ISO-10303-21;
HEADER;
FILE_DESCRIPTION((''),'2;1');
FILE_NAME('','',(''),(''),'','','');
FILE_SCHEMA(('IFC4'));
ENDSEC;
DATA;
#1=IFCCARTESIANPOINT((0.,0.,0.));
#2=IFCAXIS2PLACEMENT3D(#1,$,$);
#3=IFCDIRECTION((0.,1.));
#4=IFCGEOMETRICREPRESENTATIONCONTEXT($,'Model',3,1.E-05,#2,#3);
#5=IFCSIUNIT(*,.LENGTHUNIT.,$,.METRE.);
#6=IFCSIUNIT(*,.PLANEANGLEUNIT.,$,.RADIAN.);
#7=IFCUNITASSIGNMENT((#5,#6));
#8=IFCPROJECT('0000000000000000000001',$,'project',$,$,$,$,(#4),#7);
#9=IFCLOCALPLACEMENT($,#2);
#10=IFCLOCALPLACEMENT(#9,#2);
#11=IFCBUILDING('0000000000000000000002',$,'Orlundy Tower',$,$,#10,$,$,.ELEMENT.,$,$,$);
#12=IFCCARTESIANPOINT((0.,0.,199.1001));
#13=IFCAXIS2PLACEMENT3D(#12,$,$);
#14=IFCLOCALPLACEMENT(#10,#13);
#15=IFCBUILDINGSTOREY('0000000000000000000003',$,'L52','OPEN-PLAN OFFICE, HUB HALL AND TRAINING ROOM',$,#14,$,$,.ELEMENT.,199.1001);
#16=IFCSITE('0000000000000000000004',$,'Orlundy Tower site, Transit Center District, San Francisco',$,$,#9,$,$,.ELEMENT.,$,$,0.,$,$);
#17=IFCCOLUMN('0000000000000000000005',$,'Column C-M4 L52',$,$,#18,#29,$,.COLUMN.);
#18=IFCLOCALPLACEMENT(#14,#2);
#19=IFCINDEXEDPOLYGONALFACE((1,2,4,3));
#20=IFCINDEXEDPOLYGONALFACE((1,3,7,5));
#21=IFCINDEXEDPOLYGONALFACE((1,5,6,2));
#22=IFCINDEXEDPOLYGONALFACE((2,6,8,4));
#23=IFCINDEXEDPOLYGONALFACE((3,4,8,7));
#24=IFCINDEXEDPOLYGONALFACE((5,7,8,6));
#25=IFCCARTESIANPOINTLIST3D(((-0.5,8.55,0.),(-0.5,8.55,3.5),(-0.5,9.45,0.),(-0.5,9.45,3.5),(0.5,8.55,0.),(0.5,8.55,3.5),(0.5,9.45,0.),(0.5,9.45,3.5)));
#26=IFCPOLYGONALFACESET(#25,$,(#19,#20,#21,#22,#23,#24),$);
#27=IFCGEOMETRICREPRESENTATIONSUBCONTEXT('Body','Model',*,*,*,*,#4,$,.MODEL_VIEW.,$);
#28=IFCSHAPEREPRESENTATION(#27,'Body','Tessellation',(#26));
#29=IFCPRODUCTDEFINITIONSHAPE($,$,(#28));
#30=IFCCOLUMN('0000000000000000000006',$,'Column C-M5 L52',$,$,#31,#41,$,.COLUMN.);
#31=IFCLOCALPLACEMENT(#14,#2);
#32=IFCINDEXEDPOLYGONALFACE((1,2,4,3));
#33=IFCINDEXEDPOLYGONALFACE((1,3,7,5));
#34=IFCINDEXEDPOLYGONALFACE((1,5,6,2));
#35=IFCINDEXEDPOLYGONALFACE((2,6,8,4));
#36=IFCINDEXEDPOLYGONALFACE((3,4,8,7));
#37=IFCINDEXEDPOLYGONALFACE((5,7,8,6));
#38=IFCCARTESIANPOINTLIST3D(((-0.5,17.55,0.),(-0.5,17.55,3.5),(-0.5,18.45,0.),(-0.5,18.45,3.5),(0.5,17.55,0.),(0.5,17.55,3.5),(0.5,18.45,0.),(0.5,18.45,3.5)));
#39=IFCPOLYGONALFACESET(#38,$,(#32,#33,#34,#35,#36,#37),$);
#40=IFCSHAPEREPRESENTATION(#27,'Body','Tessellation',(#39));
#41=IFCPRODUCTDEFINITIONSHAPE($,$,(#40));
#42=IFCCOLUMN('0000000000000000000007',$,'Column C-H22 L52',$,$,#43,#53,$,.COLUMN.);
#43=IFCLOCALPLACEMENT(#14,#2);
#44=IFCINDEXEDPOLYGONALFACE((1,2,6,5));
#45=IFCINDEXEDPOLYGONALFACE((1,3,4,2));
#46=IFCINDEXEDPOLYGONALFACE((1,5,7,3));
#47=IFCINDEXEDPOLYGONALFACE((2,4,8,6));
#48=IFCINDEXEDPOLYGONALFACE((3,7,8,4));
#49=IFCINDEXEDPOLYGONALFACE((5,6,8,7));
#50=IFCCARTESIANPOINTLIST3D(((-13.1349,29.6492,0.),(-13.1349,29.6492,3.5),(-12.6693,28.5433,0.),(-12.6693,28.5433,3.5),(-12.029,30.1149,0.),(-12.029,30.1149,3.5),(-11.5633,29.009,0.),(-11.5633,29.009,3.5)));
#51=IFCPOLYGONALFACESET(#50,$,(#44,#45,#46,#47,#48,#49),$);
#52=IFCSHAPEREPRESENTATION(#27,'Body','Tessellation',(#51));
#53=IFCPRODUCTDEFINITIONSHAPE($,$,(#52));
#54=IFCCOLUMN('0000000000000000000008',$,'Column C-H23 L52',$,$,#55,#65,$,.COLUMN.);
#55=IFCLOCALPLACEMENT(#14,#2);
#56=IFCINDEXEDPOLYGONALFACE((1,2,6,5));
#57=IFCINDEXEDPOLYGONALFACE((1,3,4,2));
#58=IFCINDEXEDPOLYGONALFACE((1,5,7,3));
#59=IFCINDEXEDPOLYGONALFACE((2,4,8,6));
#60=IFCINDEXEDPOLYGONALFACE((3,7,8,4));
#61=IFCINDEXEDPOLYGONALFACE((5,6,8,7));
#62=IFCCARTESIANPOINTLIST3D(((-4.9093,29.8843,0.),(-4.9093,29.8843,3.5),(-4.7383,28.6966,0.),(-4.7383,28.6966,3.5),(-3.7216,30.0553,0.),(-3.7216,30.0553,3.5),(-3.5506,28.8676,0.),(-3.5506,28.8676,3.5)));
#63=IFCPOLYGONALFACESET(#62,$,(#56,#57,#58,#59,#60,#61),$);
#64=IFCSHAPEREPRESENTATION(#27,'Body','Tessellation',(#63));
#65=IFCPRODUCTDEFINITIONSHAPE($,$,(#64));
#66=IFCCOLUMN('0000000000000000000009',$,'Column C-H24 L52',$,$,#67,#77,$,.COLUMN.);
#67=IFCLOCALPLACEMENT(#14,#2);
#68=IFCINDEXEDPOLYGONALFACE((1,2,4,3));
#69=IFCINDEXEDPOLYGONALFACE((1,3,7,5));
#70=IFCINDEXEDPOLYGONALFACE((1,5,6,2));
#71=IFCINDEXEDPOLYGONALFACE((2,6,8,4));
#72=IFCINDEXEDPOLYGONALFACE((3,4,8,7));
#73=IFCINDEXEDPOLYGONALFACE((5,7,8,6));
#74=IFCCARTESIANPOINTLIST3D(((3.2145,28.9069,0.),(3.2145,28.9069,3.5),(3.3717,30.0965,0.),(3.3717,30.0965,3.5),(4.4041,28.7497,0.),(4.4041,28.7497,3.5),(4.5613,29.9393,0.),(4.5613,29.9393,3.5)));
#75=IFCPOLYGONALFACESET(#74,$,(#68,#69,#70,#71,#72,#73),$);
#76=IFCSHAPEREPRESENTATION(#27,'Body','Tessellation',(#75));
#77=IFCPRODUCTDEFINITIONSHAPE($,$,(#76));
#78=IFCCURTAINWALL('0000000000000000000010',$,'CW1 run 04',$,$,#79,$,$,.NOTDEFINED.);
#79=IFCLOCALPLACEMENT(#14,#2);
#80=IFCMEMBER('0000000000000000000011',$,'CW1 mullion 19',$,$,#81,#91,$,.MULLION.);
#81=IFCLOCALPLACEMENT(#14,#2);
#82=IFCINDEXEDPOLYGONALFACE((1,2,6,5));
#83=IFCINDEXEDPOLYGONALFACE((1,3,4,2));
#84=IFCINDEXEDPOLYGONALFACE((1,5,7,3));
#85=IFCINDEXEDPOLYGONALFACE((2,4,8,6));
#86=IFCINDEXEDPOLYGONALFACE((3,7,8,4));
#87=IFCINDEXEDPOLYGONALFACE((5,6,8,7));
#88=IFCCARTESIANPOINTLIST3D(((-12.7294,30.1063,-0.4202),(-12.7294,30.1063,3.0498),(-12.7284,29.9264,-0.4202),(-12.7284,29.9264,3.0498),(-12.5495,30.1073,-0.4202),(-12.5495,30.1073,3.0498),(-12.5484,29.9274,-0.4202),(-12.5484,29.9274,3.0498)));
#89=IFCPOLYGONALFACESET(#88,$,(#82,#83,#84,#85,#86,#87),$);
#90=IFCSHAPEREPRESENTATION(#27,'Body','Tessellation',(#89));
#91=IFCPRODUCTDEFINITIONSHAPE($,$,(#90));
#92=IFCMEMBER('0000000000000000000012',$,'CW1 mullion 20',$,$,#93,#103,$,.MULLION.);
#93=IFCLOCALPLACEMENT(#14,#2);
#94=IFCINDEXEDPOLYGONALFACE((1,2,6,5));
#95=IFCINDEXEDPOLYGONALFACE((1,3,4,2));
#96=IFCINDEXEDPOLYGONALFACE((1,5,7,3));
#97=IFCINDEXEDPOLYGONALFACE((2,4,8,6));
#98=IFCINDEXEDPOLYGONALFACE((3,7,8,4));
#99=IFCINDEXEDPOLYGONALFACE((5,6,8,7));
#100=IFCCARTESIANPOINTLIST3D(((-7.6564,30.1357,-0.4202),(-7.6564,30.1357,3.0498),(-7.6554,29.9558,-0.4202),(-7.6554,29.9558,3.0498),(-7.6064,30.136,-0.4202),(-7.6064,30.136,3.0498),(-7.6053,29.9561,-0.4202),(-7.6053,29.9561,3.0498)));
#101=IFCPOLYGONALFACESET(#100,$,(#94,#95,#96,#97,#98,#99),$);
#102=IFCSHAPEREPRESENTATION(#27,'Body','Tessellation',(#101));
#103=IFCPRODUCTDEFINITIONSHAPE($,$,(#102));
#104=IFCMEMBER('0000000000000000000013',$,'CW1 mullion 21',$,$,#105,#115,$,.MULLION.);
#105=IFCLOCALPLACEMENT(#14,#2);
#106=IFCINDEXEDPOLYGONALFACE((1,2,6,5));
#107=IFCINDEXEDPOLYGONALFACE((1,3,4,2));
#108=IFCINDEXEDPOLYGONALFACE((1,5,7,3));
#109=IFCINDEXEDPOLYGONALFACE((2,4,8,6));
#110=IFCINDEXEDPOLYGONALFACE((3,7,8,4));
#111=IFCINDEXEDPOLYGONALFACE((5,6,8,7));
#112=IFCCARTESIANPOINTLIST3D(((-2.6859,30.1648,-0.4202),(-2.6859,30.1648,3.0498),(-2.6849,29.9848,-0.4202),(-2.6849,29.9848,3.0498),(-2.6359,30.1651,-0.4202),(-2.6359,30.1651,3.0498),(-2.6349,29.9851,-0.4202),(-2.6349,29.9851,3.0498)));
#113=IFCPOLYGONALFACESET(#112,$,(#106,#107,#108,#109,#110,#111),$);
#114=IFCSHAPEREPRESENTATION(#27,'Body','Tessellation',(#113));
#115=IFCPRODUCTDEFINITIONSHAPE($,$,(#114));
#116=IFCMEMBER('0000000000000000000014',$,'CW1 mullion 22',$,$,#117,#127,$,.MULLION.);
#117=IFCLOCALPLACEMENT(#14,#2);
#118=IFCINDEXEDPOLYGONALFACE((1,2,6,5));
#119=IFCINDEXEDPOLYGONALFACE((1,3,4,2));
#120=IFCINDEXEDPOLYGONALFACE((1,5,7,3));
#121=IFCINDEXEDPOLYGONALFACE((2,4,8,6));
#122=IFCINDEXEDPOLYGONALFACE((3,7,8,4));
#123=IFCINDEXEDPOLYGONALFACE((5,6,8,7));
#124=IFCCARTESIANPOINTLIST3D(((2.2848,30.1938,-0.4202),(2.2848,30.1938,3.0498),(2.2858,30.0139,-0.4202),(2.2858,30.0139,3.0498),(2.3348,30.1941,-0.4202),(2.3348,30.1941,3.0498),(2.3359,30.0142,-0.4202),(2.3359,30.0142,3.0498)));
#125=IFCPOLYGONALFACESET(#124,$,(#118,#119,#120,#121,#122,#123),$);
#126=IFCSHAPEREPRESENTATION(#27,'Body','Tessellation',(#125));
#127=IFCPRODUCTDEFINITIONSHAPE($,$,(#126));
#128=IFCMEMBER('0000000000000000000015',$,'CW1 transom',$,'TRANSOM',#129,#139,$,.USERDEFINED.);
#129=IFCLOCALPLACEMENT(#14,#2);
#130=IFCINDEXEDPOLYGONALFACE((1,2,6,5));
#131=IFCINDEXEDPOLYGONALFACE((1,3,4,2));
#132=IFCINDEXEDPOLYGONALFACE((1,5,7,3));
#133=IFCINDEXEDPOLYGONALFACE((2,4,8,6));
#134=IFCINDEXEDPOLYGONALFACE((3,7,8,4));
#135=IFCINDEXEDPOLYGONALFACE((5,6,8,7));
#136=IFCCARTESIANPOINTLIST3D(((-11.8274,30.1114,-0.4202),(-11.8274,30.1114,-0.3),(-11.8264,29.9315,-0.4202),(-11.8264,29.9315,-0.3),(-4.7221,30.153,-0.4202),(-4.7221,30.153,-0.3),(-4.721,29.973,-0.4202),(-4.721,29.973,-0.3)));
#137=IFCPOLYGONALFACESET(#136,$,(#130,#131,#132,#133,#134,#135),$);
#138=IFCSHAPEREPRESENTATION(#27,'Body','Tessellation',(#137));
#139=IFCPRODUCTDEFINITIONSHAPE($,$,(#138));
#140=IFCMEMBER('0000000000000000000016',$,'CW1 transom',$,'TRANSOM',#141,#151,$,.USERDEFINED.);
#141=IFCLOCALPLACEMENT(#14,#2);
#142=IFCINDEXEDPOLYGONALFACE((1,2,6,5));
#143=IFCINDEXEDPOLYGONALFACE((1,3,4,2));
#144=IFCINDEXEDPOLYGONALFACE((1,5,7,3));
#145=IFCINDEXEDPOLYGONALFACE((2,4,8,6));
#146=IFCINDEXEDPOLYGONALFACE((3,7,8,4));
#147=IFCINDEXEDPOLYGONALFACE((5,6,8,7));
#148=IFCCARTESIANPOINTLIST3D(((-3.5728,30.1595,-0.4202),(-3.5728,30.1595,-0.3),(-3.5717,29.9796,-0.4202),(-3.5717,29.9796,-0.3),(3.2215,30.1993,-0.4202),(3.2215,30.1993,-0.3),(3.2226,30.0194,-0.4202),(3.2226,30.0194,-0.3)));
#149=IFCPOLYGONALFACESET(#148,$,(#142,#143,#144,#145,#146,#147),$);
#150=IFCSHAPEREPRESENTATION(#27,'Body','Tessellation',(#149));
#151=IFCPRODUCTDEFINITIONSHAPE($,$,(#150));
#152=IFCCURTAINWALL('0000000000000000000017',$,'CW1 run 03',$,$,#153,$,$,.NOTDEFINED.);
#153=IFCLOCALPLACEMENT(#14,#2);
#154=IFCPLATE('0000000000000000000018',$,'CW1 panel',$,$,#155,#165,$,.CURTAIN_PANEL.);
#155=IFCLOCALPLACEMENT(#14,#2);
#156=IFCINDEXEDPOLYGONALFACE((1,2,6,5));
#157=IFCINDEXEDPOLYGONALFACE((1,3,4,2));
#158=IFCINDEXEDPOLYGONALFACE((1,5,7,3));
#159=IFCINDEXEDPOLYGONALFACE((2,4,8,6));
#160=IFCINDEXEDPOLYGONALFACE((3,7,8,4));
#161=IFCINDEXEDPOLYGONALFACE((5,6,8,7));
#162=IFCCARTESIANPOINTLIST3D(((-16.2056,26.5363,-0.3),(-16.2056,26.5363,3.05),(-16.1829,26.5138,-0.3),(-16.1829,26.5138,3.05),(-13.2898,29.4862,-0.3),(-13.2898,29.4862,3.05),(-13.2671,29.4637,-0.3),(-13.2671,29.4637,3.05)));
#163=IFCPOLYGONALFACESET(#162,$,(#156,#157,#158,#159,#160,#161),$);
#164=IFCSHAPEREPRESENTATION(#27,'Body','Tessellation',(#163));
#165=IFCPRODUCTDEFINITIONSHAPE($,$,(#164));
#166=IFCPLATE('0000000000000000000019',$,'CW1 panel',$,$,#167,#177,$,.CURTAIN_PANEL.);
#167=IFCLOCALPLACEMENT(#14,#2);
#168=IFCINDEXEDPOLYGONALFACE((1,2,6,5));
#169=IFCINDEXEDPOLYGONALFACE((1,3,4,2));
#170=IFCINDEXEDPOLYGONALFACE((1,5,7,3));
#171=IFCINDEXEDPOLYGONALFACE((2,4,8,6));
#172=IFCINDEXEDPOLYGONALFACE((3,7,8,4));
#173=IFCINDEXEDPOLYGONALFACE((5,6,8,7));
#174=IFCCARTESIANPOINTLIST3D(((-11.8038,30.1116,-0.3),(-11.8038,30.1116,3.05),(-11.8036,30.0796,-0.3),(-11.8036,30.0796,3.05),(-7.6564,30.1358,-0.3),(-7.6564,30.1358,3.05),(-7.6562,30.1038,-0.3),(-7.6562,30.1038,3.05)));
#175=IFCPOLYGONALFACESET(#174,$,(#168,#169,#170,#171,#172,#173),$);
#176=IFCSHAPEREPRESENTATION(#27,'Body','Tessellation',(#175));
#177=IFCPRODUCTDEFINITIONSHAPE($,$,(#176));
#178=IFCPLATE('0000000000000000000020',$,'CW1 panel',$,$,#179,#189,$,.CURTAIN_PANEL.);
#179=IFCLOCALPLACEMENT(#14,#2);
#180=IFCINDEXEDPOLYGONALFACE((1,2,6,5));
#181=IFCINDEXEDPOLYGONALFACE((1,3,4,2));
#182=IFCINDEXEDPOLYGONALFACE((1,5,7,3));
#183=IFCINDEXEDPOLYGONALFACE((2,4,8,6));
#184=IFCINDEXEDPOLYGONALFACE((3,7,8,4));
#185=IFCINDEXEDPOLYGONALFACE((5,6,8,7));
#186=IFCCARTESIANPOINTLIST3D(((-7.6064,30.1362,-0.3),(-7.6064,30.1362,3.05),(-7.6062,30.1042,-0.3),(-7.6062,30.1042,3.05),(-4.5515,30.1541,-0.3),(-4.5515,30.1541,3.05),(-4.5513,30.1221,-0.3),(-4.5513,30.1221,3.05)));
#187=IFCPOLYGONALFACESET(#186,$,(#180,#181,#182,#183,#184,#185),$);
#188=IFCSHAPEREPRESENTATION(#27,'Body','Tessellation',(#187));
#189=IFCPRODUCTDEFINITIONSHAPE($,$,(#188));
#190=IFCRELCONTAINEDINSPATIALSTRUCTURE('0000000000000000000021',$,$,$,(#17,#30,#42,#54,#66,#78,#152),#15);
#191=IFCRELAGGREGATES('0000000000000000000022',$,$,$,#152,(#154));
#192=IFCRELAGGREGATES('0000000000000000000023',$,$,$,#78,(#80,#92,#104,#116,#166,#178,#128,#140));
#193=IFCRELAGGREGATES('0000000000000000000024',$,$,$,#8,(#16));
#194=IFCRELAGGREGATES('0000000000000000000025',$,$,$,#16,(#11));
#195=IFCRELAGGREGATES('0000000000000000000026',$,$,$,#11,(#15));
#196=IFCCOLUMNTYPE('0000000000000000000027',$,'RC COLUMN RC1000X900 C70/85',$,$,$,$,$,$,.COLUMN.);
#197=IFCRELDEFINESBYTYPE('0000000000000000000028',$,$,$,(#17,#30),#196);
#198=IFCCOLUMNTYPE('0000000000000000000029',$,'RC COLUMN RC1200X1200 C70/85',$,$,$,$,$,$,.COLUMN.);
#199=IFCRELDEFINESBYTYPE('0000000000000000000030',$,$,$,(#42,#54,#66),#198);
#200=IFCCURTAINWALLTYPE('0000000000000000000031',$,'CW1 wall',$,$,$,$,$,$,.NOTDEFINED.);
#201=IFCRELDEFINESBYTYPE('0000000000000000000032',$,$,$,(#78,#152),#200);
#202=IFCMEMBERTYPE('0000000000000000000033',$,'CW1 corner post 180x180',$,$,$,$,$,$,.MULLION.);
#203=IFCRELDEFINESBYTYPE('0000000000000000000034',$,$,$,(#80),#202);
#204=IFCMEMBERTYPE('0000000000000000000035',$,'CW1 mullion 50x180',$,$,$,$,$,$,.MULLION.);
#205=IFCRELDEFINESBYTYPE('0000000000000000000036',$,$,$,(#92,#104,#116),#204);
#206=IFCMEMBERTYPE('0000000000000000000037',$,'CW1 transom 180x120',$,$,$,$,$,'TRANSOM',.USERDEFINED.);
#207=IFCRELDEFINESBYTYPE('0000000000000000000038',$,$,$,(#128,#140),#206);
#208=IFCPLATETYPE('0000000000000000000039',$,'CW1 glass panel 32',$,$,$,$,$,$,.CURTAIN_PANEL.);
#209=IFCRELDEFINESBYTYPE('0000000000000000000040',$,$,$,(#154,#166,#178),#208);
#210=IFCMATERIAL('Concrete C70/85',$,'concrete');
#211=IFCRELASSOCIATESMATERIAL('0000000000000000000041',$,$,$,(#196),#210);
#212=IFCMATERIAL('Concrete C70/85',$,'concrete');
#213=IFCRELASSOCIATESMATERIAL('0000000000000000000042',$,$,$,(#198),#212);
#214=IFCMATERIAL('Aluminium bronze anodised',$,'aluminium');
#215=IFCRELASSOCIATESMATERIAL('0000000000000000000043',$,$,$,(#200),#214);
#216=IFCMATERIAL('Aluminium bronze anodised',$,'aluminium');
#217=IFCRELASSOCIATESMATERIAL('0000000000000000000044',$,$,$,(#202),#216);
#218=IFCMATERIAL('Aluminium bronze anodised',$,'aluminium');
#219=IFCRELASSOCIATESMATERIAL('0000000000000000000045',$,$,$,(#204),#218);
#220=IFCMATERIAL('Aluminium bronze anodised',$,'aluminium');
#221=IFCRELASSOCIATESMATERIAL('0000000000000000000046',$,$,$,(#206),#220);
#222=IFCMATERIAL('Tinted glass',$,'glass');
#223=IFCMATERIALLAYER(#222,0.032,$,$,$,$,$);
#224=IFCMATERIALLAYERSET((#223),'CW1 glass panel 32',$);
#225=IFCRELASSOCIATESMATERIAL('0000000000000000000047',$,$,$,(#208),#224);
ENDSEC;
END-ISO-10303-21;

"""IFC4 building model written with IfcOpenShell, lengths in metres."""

from ifc_helpers import new_model, si_unit, direction, frame, origin, origin_2d, place, context, subcontext, project, spatial, rectangle, extrude, material, layer, layer_set, material_profile, profile_set, type_object, element, aggregate, save


model = new_model("IFC4")

# Units and contexts
model_context = context("Model", 3, precision=1e-05, world=origin(), true_north=direction((0.0, 1.0)))
body_context = subcontext(model_context, "Body", "Model", "MODEL_VIEW")
ifc_project = project(units=[si_unit("LENGTHUNIT", "METRE"), si_unit("PLANEANGLEUNIT", "RADIAN")], contexts=[model_context])

# Site, building, storey
site_placement = place(None, origin())
site = spatial("IfcSite", under=ifc_project, at=site_placement, Name="Orlundy Tower site, Transit Center District, San Francisco", CompositionType="ELEMENT", RefElevation=0.0)
building_placement = place(site_placement, origin())
building = spatial("IfcBuilding", under=site, at=building_placement, Name="Orlundy Tower", CompositionType="ELEMENT")
storey_placement = place(building_placement, frame((0.0, 0.0, 199.1001)))
storey = spatial("IfcBuildingStorey", under=building, at=storey_placement, Name="L52", Description="OPEN-PLAN OFFICE, HUB HALL AND TRAINING ROOM", CompositionType="ELEMENT", Elevation=199.1001)

# Columns
ifc_material_1 = material(Name="Concrete C70/85", Category="concrete")
ifc_material_profile_1 = material_profile(ifc_material_1, rectangle(XDim=1.0, YDim=0.8999, at=origin_2d()), Name="RC1000X900")
ifc_profile_set_1 = profile_set([ifc_material_profile_1], Name="Concrete C70/85")
column_type_1 = type_object("IfcColumnType", Name="RC COLUMN RC1000X900 C70/85", PredefinedType="COLUMN", material=ifc_profile_set_1)
for number, where, z_axis, x_axis, name in (
    (1, (0.0, 9.0, 0.0), (0.0, 0.0, 1.0), (1.0, 0.0, 0.0), "Column C-M4 L52"),
    (2, (0.0, 18.0, 0.0), (0.0, 0.0, 1.0), (1.0, 0.0, 0.0), "Column C-M5 L52"),
):
    element("IfcColumn", number, at=place(storey_placement, frame(where, z_axis=z_axis, x_axis=x_axis)), inside=storey, type_object=column_type_1, Name=name, PredefinedType="COLUMN", context=body_context, shape_type="SweptSolid", body=[
        extrude(rectangle(XDim=1.0, YDim=0.8999, at=origin_2d()), origin(), (0.0, 0.0, 1.0), 3.5),
    ])
ifc_material_2 = material(Name="Concrete C70/85", Category="concrete")
ifc_material_profile_2 = material_profile(ifc_material_2, rectangle(XDim=1.2, YDim=1.2, at=origin_2d()), Name="RC1200X1200")
ifc_profile_set_2 = profile_set([ifc_material_profile_2], Name="Concrete C70/85")
column_type_2 = type_object("IfcColumnType", Name="RC COLUMN RC1200X1200 C70/85", PredefinedType="COLUMN", material=ifc_profile_set_2)
for number, where, z_axis, x_axis, name in (
    (3, (-12.3491, 29.3291, 0.0), (0.0, 0.0, 1.0), (-0.388063, 0.921633, 0.0), "Column C-H22 L52"),
    (4, (-4.23, 29.376, 0.0), (0.0, 0.0, 1.0), (-0.142525, 0.989791, 0.0), "Column C-H23 L52"),
    (5, (3.8879, 29.4231, 0.0), (0.0, 0.0, 1.0), (0.131011, 0.991381, 0.0), "Column C-H24 L52"),
):
    element("IfcColumn", number, at=place(storey_placement, frame(where, z_axis=z_axis, x_axis=x_axis)), inside=storey, type_object=column_type_2, Name=name, PredefinedType="COLUMN", context=body_context, shape_type="SweptSolid", body=[
        extrude(rectangle(XDim=1.2, YDim=1.2, at=origin_2d()), origin(), (0.0, 0.0, 1.0), 3.5),
    ])

# Curtain wall, members
ifc_material_3 = material(Name="Aluminium bronze anodised", Category="aluminium")
curtain_wall_type = type_object("IfcCurtainWallType", Name="CW1 wall", PredefinedType="NOTDEFINED", material=ifc_material_3)
curtain_wall_1_placement = place(storey_placement, origin())
curtain_wall_1 = element("IfcCurtainWall", 6, at=curtain_wall_1_placement, inside=storey, type_object=curtain_wall_type, Name="CW1 run 04", PredefinedType="NOTDEFINED")
ifc_material_4 = material(Name="Aluminium bronze anodised", Category="aluminium")
ifc_material_profile_3 = material_profile(ifc_material_4, rectangle(XDim=0.1799, YDim=0.1799, at=origin_2d()), Name="CW1 corner post 180x180")
ifc_profile_set_3 = profile_set([ifc_material_profile_3], Name="Aluminium bronze anodised")
member_type_1 = type_object("IfcMemberType", Name="CW1 corner post 180x180", PredefinedType="MULLION", material=ifc_profile_set_3)
member_1_placement = place(storey_placement, frame((-12.6389, 30.0168, -0.4202), z_axis=(0.0, 0.0, 1.0), x_axis=(-0.005834, 0.999983, 0.0)))
member_1 = element("IfcMember", 7, at=member_1_placement, type_object=member_type_1, Name="CW1 mullion 19", PredefinedType="MULLION", context=body_context, shape_type="SweptSolid", body=[
    extrude(rectangle(XDim=0.1799, YDim=0.1799, at=origin_2d()), origin(), (0.0, 0.0, 1.0), 3.47),
])
ifc_material_5 = material(Name="Aluminium bronze anodised", Category="aluminium")
ifc_material_profile_4 = material_profile(ifc_material_5, rectangle(XDim=0.1799, YDim=0.05, at=origin_2d()), Name="CW1 mullion 50x180")
ifc_profile_set_4 = profile_set([ifc_material_profile_4], Name="Aluminium bronze anodised")
member_type_2 = type_object("IfcMemberType", Name="CW1 mullion 50x180", PredefinedType="MULLION", material=ifc_profile_set_4)
member_2_placement = place(storey_placement, frame((-7.6309, 30.0459, -0.4202), z_axis=(0.0, 0.0, 1.0), x_axis=(-0.005834, 0.999983, 0.0)))
member_2 = element("IfcMember", 8, at=member_2_placement, type_object=member_type_2, Name="CW1 mullion 20", PredefinedType="MULLION", context=body_context, shape_type="SweptSolid", body=[
    extrude(rectangle(XDim=0.1799, YDim=0.05, at=origin_2d()), origin(), (0.0, 0.0, 1.0), 3.47),
])
member_3_placement = place(storey_placement, frame((-2.6604, 30.075, -0.4202), z_axis=(0.0, 0.0, 1.0), x_axis=(-0.005834, 0.999983, 0.0)))
member_3 = element("IfcMember", 9, at=member_3_placement, type_object=member_type_2, Name="CW1 mullion 21", PredefinedType="MULLION", context=body_context, shape_type="SweptSolid", body=[
    extrude(rectangle(XDim=0.1799, YDim=0.05, at=origin_2d()), origin(), (0.0, 0.0, 1.0), 3.47),
])
member_4_placement = place(storey_placement, frame((2.3103, 30.104, -0.4202), z_axis=(0.0, 0.0, 1.0), x_axis=(-0.005834, 0.999983, 0.0)))
member_4 = element("IfcMember", 10, at=member_4_placement, type_object=member_type_2, Name="CW1 mullion 22", PredefinedType="MULLION", context=body_context, shape_type="SweptSolid", body=[
    extrude(rectangle(XDim=0.1799, YDim=0.05, at=origin_2d()), origin(), (0.0, 0.0, 1.0), 3.47),
])
ifc_material_6 = material(Name="Aluminium bronze anodised", Category="aluminium")
ifc_material_profile_5 = material_profile(ifc_material_6, rectangle(XDim=0.1799, YDim=0.1201, at=origin_2d()), Name="CW1 transom 180x120")
ifc_profile_set_5 = profile_set([ifc_material_profile_5], Name="Aluminium bronze anodised")
member_type_3 = type_object("IfcMemberType", Name="CW1 transom 180x120", ElementType="TRANSOM", PredefinedType="USERDEFINED", material=ifc_profile_set_5)
member_5_placement = place(storey_placement, frame((-11.8269, 30.0215, -0.3601), z_axis=(0.999983, 0.005841, 0.0), x_axis=(-0.005841, 0.999983, 0.0)))
member_5 = element("IfcMember", 11, at=member_5_placement, type_object=member_type_3, Name="CW1 transom", ObjectType="TRANSOM", PredefinedType="USERDEFINED", context=body_context, shape_type="SweptSolid", body=[
    extrude(rectangle(XDim=0.1799, YDim=0.1201, at=origin_2d()), origin(), (0.0, 0.0, 1.0), 7.1055),
])
member_6_placement = place(storey_placement, frame((-3.5723, 30.0696, -0.3601), z_axis=(0.999983, 0.005857, 0.0), x_axis=(-0.005857, 0.999983, 0.0)))
member_6 = element("IfcMember", 12, at=member_6_placement, type_object=member_type_3, Name="CW1 transom", ObjectType="TRANSOM", PredefinedType="USERDEFINED", context=body_context, shape_type="SweptSolid", body=[
    extrude(rectangle(XDim=0.1799, YDim=0.1201, at=origin_2d()), origin(), (0.0, 0.0, 1.0), 6.7944),
])

# Curtain wall, plate
curtain_wall_2_placement = place(storey_placement, origin())
curtain_wall_2 = element("IfcCurtainWall", 13, at=curtain_wall_2_placement, inside=storey, type_object=curtain_wall_type, Name="CW1 run 03", PredefinedType="NOTDEFINED")
ifc_material_7 = material(Name="Tinted glass", Category="glass")
ifc_layer_1 = layer(ifc_material_7, 0.032)
ifc_layer_set_1 = layer_set([ifc_layer_1], Name="CW1 glass panel 32")
plate_type = type_object("IfcPlateType", Name="CW1 glass panel 32", PredefinedType="CURTAIN_PANEL", material=ifc_layer_set_1)
plate_1_placement = place(storey_placement, frame((-14.7363, 28.0, -0.3), z_axis=(0.0, 0.0, 1.0), x_axis=(0.702991, 0.711199, 0.0)))
plate_1 = element("IfcPlate", 14, at=plate_1_placement, type_object=plate_type, Name="CW1 panel", PredefinedType="CURTAIN_PANEL", context=body_context, shape_type="SweptSolid", body=[
    extrude(rectangle(XDim=4.1477, YDim=0.032, at=origin_2d()), origin(), (0.0, 0.0, 1.0), 3.3501),
])
aggregate(curtain_wall_2, [plate_1])

# Plates
plate_2_placement = place(storey_placement, frame((-9.73, 30.1077, -0.3), z_axis=(0.0, 0.0, 1.0), x_axis=(0.999983, 0.005834, 0.0)))
plate_2 = element("IfcPlate", 15, at=plate_2_placement, type_object=plate_type, Name="CW1 panel", PredefinedType="CURTAIN_PANEL", context=body_context, shape_type="SweptSolid", body=[
    extrude(rectangle(XDim=4.1475, YDim=0.032, at=origin_2d()), origin(), (0.0, 0.0, 1.0), 3.3501),
])
plate_3_placement = place(storey_placement, frame((-6.0789, 30.1292, -0.3), z_axis=(0.0, 0.0, 1.0), x_axis=(0.999983, 0.005834, 0.0)))
plate_3 = element("IfcPlate", 16, at=plate_3_placement, type_object=plate_type, Name="CW1 panel", PredefinedType="CURTAIN_PANEL", context=body_context, shape_type="SweptSolid", body=[
    extrude(rectangle(XDim=3.0549, YDim=0.032, at=origin_2d()), origin(), (0.0, 0.0, 1.0), 3.3501),
])
aggregate(curtain_wall_1, [member_1, member_2, member_3, member_4, plate_2, plate_3, member_5, member_6])

save(model, "model.ifc")
